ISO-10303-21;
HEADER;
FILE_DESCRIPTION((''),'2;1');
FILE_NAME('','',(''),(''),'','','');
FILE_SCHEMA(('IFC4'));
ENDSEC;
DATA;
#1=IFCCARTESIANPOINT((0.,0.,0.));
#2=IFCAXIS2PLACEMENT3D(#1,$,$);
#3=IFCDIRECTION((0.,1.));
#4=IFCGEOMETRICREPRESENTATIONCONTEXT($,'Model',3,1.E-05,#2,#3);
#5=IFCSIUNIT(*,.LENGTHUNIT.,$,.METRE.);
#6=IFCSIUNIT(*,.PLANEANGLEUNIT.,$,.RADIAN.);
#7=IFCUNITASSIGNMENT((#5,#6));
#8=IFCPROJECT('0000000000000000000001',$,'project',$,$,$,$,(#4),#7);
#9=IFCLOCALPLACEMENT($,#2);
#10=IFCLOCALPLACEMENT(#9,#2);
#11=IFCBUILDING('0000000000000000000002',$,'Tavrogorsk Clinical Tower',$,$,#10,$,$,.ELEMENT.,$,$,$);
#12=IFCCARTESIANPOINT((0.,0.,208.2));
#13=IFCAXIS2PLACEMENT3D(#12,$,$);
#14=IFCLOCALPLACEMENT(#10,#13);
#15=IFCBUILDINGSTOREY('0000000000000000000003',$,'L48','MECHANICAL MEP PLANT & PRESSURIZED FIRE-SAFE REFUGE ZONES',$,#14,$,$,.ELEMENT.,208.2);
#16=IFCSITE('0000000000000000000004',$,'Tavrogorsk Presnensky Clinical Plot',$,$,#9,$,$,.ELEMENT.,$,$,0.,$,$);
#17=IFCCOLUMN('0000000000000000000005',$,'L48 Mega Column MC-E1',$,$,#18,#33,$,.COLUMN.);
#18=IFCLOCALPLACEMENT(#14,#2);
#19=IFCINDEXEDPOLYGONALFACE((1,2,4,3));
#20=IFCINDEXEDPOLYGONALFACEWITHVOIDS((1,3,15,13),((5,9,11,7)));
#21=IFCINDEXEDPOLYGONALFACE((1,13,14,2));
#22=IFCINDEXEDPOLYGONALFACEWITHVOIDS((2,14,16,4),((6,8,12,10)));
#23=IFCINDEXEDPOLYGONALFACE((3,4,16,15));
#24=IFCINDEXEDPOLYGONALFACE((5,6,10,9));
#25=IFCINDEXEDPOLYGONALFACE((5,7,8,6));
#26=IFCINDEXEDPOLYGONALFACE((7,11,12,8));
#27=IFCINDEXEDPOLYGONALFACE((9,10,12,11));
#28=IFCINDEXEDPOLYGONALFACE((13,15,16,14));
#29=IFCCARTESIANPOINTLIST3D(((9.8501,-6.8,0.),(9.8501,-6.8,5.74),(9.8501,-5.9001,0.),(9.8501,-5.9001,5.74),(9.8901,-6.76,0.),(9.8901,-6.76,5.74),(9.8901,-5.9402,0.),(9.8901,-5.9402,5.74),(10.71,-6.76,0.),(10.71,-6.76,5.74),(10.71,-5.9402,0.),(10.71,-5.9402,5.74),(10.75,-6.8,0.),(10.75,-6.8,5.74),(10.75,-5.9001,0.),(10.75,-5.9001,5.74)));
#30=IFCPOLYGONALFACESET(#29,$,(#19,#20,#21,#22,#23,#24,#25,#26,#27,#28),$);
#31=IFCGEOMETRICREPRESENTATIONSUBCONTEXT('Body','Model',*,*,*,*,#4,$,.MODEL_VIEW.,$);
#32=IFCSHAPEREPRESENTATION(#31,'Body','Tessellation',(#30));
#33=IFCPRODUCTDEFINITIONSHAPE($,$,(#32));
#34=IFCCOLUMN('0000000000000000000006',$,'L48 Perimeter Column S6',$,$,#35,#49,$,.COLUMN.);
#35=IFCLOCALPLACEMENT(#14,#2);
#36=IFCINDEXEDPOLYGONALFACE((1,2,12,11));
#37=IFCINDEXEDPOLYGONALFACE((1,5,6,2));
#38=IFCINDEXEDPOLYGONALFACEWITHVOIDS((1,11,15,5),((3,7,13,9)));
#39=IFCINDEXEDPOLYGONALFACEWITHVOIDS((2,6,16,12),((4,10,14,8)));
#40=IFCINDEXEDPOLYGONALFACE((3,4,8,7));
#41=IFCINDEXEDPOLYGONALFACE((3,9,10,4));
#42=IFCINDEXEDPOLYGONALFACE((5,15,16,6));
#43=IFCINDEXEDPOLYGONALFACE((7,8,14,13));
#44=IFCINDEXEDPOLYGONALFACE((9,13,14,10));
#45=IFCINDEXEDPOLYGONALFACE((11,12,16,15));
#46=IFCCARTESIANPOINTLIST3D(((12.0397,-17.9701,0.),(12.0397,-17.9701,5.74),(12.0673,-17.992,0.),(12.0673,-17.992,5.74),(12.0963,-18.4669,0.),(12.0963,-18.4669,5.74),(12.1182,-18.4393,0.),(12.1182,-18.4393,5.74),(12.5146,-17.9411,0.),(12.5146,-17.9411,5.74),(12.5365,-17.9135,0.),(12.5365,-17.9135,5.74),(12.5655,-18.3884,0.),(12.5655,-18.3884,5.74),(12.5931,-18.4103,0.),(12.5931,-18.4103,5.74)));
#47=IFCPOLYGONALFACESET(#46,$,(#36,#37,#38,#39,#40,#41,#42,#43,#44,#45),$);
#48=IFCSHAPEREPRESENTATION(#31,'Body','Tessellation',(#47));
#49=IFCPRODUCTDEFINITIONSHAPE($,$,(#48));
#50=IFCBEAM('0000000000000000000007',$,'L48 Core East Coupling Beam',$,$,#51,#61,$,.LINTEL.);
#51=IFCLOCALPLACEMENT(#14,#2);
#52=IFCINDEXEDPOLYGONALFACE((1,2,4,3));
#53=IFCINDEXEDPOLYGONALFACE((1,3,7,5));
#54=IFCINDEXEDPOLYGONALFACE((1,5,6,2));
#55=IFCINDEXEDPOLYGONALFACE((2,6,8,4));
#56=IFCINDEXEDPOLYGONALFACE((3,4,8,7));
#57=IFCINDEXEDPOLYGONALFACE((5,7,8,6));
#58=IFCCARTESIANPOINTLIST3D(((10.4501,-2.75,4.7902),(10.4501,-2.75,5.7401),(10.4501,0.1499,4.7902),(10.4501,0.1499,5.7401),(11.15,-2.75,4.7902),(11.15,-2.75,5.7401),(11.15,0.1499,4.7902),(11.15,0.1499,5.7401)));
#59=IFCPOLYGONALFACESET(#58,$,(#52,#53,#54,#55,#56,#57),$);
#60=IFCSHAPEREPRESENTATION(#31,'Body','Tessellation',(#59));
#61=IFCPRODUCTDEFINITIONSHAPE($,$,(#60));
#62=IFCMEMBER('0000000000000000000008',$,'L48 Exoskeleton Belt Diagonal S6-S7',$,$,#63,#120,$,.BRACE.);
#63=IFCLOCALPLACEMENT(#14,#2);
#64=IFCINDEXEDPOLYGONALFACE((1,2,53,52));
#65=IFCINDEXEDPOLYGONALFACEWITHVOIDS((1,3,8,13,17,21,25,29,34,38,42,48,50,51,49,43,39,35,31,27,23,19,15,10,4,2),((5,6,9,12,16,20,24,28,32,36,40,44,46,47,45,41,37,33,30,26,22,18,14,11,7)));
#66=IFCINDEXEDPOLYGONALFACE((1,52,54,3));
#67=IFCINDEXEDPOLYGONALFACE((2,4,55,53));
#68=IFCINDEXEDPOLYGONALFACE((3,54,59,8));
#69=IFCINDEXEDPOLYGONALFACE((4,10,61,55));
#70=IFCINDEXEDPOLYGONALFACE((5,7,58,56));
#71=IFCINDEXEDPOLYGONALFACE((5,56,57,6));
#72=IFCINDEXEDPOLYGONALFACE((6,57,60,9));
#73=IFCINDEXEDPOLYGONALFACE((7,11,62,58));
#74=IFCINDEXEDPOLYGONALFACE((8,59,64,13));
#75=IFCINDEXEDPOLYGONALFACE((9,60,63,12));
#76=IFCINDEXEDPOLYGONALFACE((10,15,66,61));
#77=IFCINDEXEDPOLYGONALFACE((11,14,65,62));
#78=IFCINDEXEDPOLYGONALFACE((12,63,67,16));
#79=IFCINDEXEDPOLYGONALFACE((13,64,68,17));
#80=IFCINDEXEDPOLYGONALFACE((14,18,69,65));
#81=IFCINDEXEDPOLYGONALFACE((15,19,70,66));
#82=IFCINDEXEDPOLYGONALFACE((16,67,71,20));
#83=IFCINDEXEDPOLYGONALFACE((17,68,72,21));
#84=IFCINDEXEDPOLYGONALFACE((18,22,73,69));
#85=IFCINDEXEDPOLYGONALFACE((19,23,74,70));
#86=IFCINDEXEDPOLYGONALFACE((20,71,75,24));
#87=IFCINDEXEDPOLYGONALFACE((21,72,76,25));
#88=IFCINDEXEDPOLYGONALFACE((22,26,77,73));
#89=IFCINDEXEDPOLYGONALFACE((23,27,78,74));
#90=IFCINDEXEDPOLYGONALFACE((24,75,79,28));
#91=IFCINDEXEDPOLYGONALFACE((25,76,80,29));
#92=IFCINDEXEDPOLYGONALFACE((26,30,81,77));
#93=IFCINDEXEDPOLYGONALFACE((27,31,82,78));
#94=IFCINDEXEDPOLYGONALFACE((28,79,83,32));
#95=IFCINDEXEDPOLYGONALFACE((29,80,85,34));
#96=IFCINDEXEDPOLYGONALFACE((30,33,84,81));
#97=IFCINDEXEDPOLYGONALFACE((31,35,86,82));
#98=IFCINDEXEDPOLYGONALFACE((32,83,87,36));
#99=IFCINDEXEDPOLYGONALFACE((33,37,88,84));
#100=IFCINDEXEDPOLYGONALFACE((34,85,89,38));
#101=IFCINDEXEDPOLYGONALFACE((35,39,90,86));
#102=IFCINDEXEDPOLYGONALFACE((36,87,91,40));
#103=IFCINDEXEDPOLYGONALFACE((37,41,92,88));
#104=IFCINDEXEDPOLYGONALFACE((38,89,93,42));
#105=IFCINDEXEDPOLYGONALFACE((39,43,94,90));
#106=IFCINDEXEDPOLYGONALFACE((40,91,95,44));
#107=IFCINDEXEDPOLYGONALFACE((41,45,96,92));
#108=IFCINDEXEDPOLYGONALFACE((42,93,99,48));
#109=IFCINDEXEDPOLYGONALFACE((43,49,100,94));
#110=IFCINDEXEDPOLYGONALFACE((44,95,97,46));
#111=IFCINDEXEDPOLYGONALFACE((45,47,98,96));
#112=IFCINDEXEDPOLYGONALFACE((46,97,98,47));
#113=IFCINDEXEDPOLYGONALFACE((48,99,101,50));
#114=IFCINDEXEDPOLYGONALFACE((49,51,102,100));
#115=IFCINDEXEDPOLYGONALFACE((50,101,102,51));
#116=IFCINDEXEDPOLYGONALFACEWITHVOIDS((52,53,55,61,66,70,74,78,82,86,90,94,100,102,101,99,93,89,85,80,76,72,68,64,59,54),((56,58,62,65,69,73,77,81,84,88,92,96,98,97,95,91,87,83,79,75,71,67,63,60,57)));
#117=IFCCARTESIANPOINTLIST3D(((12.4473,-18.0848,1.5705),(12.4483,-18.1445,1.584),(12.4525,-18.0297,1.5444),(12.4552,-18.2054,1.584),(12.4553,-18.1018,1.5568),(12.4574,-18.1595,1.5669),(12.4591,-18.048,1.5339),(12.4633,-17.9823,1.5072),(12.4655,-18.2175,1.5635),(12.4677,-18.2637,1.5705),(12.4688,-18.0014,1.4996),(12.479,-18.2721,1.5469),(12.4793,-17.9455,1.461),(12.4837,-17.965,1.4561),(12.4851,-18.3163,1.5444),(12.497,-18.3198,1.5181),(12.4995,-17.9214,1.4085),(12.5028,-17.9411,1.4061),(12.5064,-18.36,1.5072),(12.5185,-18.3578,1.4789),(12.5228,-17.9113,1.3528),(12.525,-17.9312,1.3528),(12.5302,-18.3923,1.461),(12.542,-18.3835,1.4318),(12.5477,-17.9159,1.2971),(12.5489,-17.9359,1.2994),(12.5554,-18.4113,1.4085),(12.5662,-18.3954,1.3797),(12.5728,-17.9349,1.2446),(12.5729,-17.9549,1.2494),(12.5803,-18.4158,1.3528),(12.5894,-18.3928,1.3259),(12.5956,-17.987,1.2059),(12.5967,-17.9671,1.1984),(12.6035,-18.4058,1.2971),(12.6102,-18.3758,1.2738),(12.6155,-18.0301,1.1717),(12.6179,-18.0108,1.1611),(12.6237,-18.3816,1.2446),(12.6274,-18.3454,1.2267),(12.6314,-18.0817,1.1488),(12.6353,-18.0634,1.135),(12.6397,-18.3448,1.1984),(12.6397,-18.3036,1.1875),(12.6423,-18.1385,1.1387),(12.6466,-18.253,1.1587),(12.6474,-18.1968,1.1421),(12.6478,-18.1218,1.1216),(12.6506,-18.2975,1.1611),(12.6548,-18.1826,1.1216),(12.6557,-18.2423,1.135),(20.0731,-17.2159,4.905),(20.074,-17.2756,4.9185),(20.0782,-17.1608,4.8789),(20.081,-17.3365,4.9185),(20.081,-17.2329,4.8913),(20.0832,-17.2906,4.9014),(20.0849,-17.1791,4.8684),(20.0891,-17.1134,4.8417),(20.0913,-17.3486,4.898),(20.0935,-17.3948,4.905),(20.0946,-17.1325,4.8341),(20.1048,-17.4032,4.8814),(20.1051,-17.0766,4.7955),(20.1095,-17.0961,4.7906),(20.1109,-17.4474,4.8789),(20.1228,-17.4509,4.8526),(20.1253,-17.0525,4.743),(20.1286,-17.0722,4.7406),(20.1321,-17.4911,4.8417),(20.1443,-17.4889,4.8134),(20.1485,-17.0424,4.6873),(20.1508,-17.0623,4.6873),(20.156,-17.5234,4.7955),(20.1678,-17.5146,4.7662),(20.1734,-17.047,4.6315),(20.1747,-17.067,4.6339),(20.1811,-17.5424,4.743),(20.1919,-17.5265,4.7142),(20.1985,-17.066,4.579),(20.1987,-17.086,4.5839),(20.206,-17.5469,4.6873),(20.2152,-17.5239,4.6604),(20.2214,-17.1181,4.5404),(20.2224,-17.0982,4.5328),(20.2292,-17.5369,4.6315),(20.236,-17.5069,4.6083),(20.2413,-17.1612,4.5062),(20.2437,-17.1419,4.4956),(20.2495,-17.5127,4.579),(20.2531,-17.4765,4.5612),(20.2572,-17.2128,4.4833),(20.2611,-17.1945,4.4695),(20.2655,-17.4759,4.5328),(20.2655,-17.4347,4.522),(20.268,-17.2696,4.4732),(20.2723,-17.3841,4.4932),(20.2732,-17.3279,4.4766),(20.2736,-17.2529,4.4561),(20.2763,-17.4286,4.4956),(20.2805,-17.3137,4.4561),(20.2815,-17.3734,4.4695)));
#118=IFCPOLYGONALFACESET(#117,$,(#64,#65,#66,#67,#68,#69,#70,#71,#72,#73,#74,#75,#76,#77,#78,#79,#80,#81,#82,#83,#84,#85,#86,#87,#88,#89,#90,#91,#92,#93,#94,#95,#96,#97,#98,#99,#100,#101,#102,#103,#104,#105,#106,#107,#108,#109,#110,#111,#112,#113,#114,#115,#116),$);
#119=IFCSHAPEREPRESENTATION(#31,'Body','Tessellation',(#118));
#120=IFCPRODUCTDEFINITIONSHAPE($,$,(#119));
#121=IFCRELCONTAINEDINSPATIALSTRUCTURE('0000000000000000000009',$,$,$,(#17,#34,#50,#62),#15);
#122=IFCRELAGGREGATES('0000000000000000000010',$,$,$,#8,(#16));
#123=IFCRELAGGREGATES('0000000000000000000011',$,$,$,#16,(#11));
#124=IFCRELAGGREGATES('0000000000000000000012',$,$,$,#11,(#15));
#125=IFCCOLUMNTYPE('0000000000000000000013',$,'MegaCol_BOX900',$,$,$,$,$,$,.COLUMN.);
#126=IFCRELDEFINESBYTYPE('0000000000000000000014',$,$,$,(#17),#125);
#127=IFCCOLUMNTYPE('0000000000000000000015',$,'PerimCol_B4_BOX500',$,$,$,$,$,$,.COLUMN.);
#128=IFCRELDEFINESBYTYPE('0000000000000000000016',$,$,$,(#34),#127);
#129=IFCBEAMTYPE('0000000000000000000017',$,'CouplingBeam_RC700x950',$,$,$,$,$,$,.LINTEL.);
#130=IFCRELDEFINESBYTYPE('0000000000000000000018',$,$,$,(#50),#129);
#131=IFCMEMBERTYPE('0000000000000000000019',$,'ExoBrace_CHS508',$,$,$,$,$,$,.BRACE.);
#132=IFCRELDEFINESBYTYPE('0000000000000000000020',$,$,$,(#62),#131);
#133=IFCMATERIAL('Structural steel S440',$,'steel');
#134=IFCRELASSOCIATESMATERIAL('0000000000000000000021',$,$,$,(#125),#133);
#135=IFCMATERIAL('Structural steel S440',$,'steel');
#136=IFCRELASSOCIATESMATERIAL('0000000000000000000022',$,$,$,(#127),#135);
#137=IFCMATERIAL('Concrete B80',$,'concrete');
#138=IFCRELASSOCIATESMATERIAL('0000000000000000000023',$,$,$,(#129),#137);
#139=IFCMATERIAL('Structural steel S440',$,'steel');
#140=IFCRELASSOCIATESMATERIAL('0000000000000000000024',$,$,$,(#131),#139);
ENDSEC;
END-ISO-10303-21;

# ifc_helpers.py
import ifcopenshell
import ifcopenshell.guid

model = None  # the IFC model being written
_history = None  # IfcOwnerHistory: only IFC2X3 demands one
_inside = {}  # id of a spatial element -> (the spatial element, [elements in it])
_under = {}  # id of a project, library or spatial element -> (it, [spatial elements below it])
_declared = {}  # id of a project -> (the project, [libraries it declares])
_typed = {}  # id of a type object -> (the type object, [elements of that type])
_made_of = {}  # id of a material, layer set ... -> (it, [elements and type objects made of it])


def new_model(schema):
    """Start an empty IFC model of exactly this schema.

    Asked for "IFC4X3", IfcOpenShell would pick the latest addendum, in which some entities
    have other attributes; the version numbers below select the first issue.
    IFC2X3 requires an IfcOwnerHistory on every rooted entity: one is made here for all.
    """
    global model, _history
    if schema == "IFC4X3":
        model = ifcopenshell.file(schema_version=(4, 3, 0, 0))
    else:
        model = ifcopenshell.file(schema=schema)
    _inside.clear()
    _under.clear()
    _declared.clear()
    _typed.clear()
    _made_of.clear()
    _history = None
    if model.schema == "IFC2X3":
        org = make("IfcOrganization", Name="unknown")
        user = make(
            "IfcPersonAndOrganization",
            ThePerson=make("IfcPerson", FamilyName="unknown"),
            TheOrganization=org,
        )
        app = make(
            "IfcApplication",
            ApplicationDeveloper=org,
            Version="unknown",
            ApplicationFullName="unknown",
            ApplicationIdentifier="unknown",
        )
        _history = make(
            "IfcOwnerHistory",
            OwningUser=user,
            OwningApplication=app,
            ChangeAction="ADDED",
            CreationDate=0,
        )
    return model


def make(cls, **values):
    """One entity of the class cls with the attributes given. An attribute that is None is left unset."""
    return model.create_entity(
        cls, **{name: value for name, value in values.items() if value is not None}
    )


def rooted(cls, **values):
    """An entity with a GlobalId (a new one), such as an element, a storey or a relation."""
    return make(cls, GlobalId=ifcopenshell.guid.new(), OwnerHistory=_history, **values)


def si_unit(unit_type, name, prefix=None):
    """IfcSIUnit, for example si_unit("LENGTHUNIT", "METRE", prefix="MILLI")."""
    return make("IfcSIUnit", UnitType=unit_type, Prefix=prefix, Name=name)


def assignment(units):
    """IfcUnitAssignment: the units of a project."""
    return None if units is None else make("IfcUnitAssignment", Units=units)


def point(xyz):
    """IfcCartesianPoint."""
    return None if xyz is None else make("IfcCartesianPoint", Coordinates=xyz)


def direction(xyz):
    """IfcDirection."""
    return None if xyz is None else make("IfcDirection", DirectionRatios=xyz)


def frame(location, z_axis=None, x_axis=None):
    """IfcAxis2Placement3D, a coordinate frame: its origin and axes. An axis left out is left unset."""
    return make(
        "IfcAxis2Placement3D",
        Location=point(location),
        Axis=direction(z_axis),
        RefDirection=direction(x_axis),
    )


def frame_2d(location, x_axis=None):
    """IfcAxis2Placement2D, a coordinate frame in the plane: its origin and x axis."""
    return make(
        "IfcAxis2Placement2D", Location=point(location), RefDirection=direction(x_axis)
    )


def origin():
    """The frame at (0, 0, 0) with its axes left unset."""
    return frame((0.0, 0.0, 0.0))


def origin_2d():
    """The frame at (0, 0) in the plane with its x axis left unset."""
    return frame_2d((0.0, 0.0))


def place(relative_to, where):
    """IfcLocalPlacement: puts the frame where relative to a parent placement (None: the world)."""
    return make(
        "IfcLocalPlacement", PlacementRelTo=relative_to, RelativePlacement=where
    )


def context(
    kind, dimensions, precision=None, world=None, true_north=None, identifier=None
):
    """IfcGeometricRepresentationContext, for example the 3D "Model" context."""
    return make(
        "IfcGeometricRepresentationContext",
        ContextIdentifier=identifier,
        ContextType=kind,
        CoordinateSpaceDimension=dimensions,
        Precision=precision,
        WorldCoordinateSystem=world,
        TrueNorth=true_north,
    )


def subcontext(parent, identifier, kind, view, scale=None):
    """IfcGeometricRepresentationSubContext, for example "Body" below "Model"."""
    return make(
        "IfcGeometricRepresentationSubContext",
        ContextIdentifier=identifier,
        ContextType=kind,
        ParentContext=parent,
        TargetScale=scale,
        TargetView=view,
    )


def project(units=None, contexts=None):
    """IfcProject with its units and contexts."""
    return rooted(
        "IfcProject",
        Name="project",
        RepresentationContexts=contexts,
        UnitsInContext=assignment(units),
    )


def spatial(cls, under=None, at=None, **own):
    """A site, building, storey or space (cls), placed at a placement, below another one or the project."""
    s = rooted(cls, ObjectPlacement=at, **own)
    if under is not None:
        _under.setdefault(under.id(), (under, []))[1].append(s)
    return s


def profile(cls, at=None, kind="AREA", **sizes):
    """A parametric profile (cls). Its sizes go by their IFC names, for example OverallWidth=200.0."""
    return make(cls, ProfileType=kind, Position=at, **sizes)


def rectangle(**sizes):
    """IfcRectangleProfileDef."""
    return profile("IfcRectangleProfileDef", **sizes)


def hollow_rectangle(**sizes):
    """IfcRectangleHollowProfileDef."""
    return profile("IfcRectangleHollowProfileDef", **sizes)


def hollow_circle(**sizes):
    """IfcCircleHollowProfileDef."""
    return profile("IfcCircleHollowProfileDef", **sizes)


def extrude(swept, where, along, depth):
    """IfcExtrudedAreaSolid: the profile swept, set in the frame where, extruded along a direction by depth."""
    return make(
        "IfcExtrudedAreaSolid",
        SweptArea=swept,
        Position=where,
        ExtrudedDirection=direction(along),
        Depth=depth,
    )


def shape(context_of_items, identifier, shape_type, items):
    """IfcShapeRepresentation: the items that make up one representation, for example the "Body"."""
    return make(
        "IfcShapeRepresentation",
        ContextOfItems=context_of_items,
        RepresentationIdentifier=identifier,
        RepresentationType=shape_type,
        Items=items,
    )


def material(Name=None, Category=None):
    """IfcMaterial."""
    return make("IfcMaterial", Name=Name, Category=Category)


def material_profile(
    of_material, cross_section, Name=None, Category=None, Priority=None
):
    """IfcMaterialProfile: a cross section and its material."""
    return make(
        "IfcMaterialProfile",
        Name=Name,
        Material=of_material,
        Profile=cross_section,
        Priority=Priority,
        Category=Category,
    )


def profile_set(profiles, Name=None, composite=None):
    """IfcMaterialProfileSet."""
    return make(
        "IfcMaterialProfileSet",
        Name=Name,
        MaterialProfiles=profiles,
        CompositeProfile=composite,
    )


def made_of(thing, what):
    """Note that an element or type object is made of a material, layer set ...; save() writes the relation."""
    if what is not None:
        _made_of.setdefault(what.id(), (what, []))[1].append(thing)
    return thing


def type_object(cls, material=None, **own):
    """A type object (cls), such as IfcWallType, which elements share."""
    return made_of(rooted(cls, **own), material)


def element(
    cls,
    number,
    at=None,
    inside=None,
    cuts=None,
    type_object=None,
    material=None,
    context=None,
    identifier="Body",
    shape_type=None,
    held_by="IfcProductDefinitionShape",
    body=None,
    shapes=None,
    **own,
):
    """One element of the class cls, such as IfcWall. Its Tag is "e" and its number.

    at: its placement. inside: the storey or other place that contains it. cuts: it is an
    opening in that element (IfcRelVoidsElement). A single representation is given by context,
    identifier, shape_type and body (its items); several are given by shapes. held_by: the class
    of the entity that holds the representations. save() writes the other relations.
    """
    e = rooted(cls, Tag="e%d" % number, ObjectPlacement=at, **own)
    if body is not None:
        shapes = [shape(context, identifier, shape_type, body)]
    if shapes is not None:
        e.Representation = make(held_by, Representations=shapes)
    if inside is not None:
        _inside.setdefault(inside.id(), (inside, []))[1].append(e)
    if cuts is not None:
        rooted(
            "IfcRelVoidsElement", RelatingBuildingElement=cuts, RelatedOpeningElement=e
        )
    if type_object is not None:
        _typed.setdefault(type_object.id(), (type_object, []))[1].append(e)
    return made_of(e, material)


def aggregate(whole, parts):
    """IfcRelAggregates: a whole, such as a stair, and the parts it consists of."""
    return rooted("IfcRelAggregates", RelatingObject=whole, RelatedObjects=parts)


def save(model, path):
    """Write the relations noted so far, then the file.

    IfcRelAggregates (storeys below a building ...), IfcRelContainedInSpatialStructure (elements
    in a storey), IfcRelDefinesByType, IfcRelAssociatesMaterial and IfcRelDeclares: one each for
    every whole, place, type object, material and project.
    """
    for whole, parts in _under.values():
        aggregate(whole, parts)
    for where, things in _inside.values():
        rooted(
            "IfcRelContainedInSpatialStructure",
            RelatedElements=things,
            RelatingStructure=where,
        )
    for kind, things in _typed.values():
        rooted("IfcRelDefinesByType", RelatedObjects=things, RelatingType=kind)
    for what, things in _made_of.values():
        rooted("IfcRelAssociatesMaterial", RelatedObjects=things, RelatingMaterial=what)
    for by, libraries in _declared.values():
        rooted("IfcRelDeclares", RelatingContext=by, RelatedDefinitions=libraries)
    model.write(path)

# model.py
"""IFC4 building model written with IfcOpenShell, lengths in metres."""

from ifc_helpers import new_model, si_unit, direction, frame, origin, origin_2d, place, context, subcontext, project, spatial, rectangle, hollow_rectangle, hollow_circle, extrude, material, material_profile, profile_set, type_object, element, save


model = new_model("IFC4")

# Units and contexts
model_context = context("Model", 3, precision=1e-05, world=origin(), true_north=direction((0.0, 1.0)))
body_context = subcontext(model_context, "Body", "Model", "MODEL_VIEW")
ifc_project = project(units=[si_unit("LENGTHUNIT", "METRE"), si_unit("PLANEANGLEUNIT", "RADIAN")], contexts=[model_context])

# Site, building, storey
site_placement = place(None, origin())
site = spatial("IfcSite", under=ifc_project, at=site_placement, Name="Tavrogorsk Presnensky Clinical Plot", CompositionType="ELEMENT", RefElevation=0.0)
building_placement = place(site_placement, origin())
building = spatial("IfcBuilding", under=site, at=building_placement, Name="Tavrogorsk Clinical Tower", CompositionType="ELEMENT")
storey_placement = place(building_placement, frame((0.0, 0.0, 208.2)))
storey = spatial("IfcBuildingStorey", under=building, at=storey_placement, Name="L48", Description="MECHANICAL MEP PLANT & PRESSURIZED FIRE-SAFE REFUGE ZONES", CompositionType="ELEMENT", Elevation=208.2)

# Columns
ifc_material_1 = material(Name="Structural steel S440", Category="steel")
ifc_material_profile_1 = material_profile(ifc_material_1, hollow_rectangle(XDim=0.8999, YDim=0.8999, WallThickness=0.04, at=origin_2d()), Name="BOX-900x900x40")
ifc_profile_set_1 = profile_set([ifc_material_profile_1], Name="Structural steel S440")
column_type_1 = type_object("IfcColumnType", Name="MegaCol_BOX900", PredefinedType="COLUMN", material=ifc_profile_set_1)
column_1_placement = place(storey_placement, frame((10.3, -6.3501, 0.0), z_axis=(0.0, 0.0, 1.0), x_axis=(1.0, 0.0, 0.0)))
element("IfcColumn", 1, at=column_1_placement, inside=storey, type_object=column_type_1, Name="L48 Mega Column MC-E1", PredefinedType="COLUMN", context=body_context, shape_type="SweptSolid", body=[
    extrude(hollow_rectangle(XDim=0.8999, YDim=0.8999, WallThickness=0.04, at=origin_2d()), origin(), (0.0, 0.0, 1.0), 5.74),
])
ifc_material_2 = material(Name="Structural steel S440", Category="steel")
ifc_material_profile_2 = material_profile(ifc_material_2, hollow_rectangle(XDim=0.5, YDim=0.5, WallThickness=0.0249, at=origin_2d()), Name="BOX-500x500x25")
ifc_profile_set_2 = profile_set([ifc_material_profile_2], Name="Structural steel S440")
column_type_2 = type_object("IfcColumnType", Name="PerimCol_B4_BOX500", PredefinedType="COLUMN", material=ifc_profile_set_2)
column_2_placement = place(storey_placement, frame((12.3164, -18.1902, 0.0), z_axis=(0.0, 0.0, 1.0), x_axis=(0.993572, 0.113203, 0.0)))
element("IfcColumn", 2, at=column_2_placement, inside=storey, type_object=column_type_2, Name="L48 Perimeter Column S6", PredefinedType="COLUMN", context=body_context, shape_type="SweptSolid", body=[
    extrude(hollow_rectangle(XDim=0.5, YDim=0.5, WallThickness=0.0249, at=origin_2d()), origin(), (0.0, 0.0, 1.0), 5.74),
])

# Beam
ifc_material_3 = material(Name="Concrete B80", Category="concrete")
ifc_material_profile_3 = material_profile(ifc_material_3, rectangle(XDim=0.7, YDim=0.95, at=origin_2d()), Name="RC-CB-700x950")
ifc_profile_set_3 = profile_set([ifc_material_profile_3], Name="Concrete B80")
beam_type_1 = type_object("IfcBeamType", Name="CouplingBeam_RC700x950", PredefinedType="LINTEL", material=ifc_profile_set_3)
beam_1_placement = place(storey_placement, frame((10.8, -2.75, 5.2651), z_axis=(0.0, 1.0, 0.0), x_axis=(-1.0, 0.0, 0.0)))
element("IfcBeam", 3, at=beam_1_placement, inside=storey, type_object=beam_type_1, Name="L48 Core East Coupling Beam", PredefinedType="LINTEL", context=body_context, shape_type="SweptSolid", body=[
    extrude(rectangle(XDim=0.7, YDim=0.95, at=origin_2d()), origin(), (0.0, 0.0, 1.0), 2.8999),
])

# Member
ifc_material_4 = material(Name="Structural steel S440", Category="steel")
ifc_material_profile_4 = material_profile(ifc_material_4, hollow_circle(Radius=0.2539, WallThickness=0.02, at=origin_2d()), Name="CHS-508x20")
ifc_profile_set_4 = profile_set([ifc_material_profile_4], Name="Structural steel S440")
member_type_1 = type_object("IfcMemberType", Name="ExoBrace_CHS508", PredefinedType="BRACE", material=ifc_profile_set_4)
member_1_placement = place(storey_placement, frame((12.5515, -18.1636, 1.3528), z_axis=(0.911283, 0.103834, 0.398473), x_axis=(-0.11321, 0.993571, 0.0)))
element("IfcMember", 4, at=member_1_placement, inside=storey, type_object=member_type_1, Name="L48 Exoskeleton Belt Diagonal S6-S7", PredefinedType="BRACE", context=body_context, shape_type="SweptSolid", body=[
    extrude(hollow_circle(Radius=0.2539, WallThickness=0.02, at=origin_2d()), origin(), (0.0, 0.0, 1.0), 8.3682),
])

save(model, "model.ifc")
